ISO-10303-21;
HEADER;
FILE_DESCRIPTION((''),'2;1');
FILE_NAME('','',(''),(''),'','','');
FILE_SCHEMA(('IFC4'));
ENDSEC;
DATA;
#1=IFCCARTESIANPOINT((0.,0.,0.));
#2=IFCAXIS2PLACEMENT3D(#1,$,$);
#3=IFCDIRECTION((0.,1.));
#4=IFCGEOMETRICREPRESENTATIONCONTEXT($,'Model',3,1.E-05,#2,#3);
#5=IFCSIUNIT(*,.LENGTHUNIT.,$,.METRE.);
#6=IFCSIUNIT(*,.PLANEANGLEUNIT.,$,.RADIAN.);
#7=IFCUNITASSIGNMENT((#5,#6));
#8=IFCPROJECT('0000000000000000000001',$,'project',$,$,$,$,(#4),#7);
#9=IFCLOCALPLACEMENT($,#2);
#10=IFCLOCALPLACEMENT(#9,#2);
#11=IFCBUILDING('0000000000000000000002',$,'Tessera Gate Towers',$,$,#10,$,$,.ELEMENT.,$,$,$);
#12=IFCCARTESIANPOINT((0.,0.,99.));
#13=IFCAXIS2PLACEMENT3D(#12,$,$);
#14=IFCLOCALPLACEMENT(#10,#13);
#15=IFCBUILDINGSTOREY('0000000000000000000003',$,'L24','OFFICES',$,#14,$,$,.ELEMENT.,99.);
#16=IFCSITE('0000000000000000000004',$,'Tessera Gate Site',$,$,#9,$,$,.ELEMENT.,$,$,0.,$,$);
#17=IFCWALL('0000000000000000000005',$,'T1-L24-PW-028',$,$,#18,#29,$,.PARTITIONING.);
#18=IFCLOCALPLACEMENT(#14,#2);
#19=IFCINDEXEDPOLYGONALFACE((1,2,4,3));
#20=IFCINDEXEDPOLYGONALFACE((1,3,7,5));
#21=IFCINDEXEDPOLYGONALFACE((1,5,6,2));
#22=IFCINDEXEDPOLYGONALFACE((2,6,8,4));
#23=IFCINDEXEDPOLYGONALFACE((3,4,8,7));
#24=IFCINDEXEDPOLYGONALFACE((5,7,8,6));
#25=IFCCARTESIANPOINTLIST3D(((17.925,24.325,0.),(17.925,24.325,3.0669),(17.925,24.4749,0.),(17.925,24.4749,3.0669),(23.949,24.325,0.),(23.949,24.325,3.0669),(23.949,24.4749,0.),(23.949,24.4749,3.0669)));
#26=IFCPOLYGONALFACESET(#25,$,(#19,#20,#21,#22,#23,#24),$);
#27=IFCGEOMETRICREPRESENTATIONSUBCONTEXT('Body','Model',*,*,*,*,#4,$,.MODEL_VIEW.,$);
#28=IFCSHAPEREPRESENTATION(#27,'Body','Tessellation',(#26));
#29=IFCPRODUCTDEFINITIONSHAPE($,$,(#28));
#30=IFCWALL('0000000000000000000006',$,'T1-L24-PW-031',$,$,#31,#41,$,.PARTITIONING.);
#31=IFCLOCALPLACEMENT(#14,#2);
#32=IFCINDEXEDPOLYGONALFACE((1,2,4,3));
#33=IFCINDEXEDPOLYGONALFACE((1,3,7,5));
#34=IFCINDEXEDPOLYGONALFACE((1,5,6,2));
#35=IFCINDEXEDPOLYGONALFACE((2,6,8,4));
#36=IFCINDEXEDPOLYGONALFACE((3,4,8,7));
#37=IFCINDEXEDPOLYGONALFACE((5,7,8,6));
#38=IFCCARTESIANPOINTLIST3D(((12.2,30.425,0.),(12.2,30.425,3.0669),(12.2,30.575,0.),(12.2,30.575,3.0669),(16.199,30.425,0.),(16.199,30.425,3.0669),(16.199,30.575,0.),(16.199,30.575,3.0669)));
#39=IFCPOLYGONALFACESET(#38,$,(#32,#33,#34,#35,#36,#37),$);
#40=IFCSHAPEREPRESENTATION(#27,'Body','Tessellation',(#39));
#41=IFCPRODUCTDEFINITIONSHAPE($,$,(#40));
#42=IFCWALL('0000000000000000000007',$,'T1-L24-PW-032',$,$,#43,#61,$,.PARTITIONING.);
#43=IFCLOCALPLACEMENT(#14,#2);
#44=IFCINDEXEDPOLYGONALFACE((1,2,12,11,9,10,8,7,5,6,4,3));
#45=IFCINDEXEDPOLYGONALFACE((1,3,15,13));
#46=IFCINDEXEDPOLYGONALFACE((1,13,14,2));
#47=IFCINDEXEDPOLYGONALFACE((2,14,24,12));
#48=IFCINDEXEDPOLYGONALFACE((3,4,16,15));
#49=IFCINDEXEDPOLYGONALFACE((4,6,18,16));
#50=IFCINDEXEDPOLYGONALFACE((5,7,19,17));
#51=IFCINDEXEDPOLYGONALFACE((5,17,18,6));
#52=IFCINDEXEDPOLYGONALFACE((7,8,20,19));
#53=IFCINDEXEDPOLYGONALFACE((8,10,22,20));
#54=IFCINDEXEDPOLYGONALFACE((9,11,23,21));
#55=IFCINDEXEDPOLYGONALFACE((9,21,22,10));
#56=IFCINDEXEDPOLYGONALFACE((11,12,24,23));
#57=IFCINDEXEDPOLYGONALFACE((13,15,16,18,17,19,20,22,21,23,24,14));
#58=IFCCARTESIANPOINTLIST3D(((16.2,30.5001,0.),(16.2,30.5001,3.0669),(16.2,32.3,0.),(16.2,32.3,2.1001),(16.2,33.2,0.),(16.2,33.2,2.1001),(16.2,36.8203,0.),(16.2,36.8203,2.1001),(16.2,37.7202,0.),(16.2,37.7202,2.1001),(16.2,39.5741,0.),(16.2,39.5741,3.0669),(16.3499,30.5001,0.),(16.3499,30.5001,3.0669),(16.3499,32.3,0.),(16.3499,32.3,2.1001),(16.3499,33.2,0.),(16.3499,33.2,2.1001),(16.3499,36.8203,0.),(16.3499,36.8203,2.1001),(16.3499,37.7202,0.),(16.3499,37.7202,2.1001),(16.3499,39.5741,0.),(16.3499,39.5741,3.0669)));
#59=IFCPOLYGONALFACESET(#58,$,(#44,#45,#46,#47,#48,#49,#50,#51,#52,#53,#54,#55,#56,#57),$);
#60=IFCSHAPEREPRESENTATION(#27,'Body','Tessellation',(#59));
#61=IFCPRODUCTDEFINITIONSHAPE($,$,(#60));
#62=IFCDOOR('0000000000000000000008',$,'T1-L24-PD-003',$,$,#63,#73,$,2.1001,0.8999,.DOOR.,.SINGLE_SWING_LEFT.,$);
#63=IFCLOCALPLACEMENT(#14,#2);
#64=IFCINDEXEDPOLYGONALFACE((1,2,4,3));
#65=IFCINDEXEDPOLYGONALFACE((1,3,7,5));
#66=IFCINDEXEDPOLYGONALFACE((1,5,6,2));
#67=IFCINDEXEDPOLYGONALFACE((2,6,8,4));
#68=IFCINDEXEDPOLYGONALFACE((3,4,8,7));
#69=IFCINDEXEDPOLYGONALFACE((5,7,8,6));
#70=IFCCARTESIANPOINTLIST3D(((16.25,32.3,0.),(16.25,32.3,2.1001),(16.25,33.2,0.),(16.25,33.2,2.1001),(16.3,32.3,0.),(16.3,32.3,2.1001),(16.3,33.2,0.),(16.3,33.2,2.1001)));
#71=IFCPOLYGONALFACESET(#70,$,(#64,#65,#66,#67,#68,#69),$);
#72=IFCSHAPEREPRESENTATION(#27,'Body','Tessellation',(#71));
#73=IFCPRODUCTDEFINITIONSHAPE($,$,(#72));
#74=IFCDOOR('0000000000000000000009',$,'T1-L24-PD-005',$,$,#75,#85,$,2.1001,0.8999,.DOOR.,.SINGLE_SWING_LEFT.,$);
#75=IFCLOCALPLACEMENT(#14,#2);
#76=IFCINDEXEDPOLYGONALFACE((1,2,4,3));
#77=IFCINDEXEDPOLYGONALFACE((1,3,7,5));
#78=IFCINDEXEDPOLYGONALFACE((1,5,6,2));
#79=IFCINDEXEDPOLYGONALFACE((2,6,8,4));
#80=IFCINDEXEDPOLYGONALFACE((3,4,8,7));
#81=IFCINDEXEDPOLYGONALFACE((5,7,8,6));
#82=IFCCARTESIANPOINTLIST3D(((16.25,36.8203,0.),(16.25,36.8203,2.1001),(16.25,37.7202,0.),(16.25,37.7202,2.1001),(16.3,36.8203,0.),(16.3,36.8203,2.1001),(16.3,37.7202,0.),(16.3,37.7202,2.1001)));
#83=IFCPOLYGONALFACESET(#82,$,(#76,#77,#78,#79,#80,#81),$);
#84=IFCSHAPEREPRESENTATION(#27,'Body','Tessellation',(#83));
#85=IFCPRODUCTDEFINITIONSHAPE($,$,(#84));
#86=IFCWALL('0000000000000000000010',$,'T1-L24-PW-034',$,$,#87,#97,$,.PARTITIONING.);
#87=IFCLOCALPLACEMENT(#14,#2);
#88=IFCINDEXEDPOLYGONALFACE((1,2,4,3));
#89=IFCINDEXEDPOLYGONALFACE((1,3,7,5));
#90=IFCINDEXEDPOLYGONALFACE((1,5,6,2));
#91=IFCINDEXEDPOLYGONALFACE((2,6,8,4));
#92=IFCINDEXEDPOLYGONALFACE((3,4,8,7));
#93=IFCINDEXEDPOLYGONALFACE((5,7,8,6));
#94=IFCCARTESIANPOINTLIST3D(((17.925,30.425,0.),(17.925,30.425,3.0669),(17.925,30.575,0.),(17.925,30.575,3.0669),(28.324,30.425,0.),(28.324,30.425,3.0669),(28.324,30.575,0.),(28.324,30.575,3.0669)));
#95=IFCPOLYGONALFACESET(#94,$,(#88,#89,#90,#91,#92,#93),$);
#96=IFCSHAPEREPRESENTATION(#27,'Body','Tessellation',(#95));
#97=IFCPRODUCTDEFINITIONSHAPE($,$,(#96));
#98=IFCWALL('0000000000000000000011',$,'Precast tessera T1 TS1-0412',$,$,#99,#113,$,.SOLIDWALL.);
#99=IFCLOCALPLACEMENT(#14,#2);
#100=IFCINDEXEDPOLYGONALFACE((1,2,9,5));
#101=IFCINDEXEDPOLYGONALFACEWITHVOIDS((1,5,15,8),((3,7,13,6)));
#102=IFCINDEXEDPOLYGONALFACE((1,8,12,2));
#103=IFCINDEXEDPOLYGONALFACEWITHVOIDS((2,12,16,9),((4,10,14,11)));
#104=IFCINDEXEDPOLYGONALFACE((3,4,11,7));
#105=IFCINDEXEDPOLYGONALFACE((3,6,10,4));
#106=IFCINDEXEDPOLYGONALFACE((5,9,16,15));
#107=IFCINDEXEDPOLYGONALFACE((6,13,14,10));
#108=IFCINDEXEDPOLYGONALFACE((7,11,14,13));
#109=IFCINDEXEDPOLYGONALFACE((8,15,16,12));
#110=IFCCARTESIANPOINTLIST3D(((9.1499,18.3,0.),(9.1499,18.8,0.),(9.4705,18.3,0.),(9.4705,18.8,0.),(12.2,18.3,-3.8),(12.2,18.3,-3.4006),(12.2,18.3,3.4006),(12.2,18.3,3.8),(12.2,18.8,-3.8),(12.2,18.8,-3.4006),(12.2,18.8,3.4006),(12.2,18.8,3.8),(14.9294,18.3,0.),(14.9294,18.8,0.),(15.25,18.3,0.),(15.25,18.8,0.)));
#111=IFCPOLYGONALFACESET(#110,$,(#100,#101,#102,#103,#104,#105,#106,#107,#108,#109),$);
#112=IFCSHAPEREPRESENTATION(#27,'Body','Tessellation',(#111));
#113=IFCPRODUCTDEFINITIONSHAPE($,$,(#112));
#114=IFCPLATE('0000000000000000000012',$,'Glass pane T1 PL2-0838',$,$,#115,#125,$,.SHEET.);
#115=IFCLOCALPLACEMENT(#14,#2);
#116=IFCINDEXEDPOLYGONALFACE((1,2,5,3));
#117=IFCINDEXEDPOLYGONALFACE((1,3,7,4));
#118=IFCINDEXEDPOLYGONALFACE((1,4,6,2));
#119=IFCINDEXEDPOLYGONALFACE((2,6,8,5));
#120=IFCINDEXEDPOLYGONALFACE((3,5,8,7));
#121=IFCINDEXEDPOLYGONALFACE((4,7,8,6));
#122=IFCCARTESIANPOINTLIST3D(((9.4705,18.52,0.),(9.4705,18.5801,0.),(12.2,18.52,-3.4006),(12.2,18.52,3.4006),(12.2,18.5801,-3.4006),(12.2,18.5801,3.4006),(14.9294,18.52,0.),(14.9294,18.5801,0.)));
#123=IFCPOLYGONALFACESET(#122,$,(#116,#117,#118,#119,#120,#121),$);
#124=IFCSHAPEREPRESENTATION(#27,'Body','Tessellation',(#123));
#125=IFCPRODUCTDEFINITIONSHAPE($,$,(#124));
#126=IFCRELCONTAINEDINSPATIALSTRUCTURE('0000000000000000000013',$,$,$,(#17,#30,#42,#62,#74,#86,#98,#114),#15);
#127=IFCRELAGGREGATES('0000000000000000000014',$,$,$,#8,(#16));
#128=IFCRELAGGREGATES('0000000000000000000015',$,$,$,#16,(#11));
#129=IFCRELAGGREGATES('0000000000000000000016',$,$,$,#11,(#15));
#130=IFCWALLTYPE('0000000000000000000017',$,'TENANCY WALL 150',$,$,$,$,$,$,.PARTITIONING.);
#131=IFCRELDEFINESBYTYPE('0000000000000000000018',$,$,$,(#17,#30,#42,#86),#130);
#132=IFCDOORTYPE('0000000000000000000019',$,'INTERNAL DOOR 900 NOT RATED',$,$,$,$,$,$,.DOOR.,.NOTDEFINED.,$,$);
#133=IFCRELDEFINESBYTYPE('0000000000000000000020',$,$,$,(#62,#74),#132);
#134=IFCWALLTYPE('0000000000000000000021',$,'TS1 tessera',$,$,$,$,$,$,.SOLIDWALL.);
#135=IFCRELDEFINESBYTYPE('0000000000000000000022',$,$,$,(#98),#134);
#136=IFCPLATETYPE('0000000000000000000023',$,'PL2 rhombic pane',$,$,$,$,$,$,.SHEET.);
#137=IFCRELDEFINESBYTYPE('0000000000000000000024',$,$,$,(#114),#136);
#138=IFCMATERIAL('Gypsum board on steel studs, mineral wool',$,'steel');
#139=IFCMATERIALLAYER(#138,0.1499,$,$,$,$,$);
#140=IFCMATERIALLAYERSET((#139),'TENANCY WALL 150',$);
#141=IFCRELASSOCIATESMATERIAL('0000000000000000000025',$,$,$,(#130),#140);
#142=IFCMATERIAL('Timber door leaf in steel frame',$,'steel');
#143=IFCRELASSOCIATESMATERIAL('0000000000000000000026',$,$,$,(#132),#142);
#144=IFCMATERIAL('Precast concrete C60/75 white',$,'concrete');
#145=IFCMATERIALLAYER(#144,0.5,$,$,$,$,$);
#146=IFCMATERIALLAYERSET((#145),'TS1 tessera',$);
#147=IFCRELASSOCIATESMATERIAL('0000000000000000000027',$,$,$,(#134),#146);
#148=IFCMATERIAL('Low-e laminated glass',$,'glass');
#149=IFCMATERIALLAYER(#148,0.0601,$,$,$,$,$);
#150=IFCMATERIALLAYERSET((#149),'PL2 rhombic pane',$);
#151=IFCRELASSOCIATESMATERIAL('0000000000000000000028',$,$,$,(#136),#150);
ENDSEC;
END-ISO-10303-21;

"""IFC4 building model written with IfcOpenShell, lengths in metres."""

from ifc_helpers import new_model, si_unit, direction, frame, frame_2d, origin, place, context, subcontext, project, spatial, polyline, rectangle, outline, extrude, source, transform, mapped, material, layer, layer_set, type_object, element, fill, save


model = new_model("IFC4")

# Units and contexts
model_context = context("Model", 3, precision=1e-05, world=origin(), true_north=direction((0.0, 1.0)))
body_context = subcontext(model_context, "Body", "Model", "MODEL_VIEW")
ifc_project = project(units=[si_unit("LENGTHUNIT", "METRE"), si_unit("PLANEANGLEUNIT", "RADIAN")], contexts=[model_context])

# Site, building, storey
site_placement = place(None, origin())
site = spatial("IfcSite", under=ifc_project, at=site_placement, Name="Tessera Gate Site", CompositionType="ELEMENT", RefElevation=0.0)
building_placement = place(site_placement, origin())
building = spatial("IfcBuilding", under=site, at=building_placement, Name="Tessera Gate Towers", CompositionType="ELEMENT")
storey_placement = place(building_placement, frame((0.0, 0.0, 99.0)))
storey = spatial("IfcBuildingStorey", under=building, at=storey_placement, Name="L24", Description="OFFICES", CompositionType="ELEMENT", Elevation=99.0)

# Shared definitions
shared_shape_1 = source(origin(), body_context, "Body", "SweptSolid", [
    extrude(rectangle(XDim=0.8999, YDim=2.1001, at=frame_2d((0.45, 1.05))), frame((0.0, 0.0249, 0.0), z_axis=(0.0, -1.0, 0.0), x_axis=(1.0, 0.0, 0.0)), (0.0, 0.0, 1.0), 0.05),
])

# Walls
ifc_material_1 = material(Name="Gypsum board on steel studs, mineral wool", Category="steel")
ifc_layer_1 = layer(ifc_material_1, 0.1499)
ifc_layer_set_1 = layer_set([ifc_layer_1], Name="TENANCY WALL 150")
wall_type_1 = type_object("IfcWallType", Name="TENANCY WALL 150", PredefinedType="PARTITIONING", material=ifc_layer_set_1)
wall_1_placement = place(storey_placement, frame((17.925, 24.3999, 0.0), z_axis=(0.0, 0.0, 1.0), x_axis=(1.0, 0.0, 0.0)))
element("IfcWall", 1, at=wall_1_placement, inside=storey, type_object=wall_type_1, Name="T1-L24-PW-028", PredefinedType="PARTITIONING", context=body_context, shape_type="SweptSolid", body=[
    extrude(rectangle(XDim=6.0239, YDim=0.1499, at=frame_2d((3.012, 0.0))), origin(), (0.0, 0.0, 1.0), 3.0669),
])
wall_2_placement = place(storey_placement, frame((12.2, 30.5, 0.0), z_axis=(0.0, 0.0, 1.0), x_axis=(1.0, 0.0, 0.0)))
element("IfcWall", 2, at=wall_2_placement, inside=storey, type_object=wall_type_1, Name="T1-L24-PW-031", PredefinedType="PARTITIONING", context=body_context, shape_type="SweptSolid", body=[
    extrude(rectangle(XDim=3.999, YDim=0.1499, at=frame_2d((1.9995, 0.0))), origin(), (0.0, 0.0, 1.0), 3.0669),
])

# Wall, openings, doors
wall_3_placement = place(storey_placement, frame((16.2749, 30.5, 0.0), z_axis=(0.0, 0.0, 1.0), x_axis=(0.0, 1.0, 0.0)))
wall_3 = element("IfcWall", 3, at=wall_3_placement, inside=storey, type_object=wall_type_1, Name="T1-L24-PW-032", PredefinedType="PARTITIONING", context=body_context, shape_type="SweptSolid", body=[
    extrude(rectangle(XDim=9.074, YDim=0.1499, at=frame_2d((4.5371, 0.0))), origin(), (0.0, 0.0, 1.0), 3.0669),
])
shared_shape_2 = source(origin(), body_context, "Body", "SweptSolid", [
    extrude(rectangle(XDim=0.8999, YDim=2.1001, at=frame_2d((0.45, 1.05))), frame((0.0, 0.085, 0.0), z_axis=(0.0, -1.0, 0.0), x_axis=(1.0, 0.0, 0.0)), (0.0, 0.0, 1.0), 0.1699),
])
opening_1_placement = place(wall_3_placement, frame((1.8, 0.0, 0.0)))
opening_1 = element("IfcOpeningElement", 4, at=opening_1_placement, cuts=wall_3, PredefinedType="OPENING", context=body_context, shape_type="MappedRepresentation", body=[
    mapped(shared_shape_2, transform((0.0, 0.0, 0.0), scale=1.0)),
])
opening_2_placement = place(wall_3_placement, frame((6.3203, 0.0, 0.0)))
opening_2 = element("IfcOpeningElement", 5, at=opening_2_placement, cuts=wall_3, PredefinedType="OPENING", context=body_context, shape_type="MappedRepresentation", body=[
    mapped(shared_shape_2, transform((0.0, 0.0, 0.0), scale=1.0)),
])
ifc_material_2 = material(Name="Timber door leaf in steel frame", Category="steel")
door_type_1 = type_object("IfcDoorType", Name="INTERNAL DOOR 900 NOT RATED", OperationType="NOTDEFINED", PredefinedType="DOOR", material=ifc_material_2)
door_1_placement = place(opening_1_placement, origin())
door_1 = element("IfcDoor", 6, at=door_1_placement, inside=storey, type_object=door_type_1, Name="T1-L24-PD-003", OperationType="SINGLE_SWING_LEFT", OverallHeight=2.1001, OverallWidth=0.8999, PredefinedType="DOOR", context=body_context, shape_type="MappedRepresentation", body=[
    mapped(shared_shape_1, transform((0.0, 0.0, 0.0), scale=1.0)),
])
fill(opening_1, door_1)
door_2_placement = place(opening_2_placement, origin())
door_2 = element("IfcDoor", 7, at=door_2_placement, inside=storey, type_object=door_type_1, Name="T1-L24-PD-005", OperationType="SINGLE_SWING_LEFT", OverallHeight=2.1001, OverallWidth=0.8999, PredefinedType="DOOR", context=body_context, shape_type="MappedRepresentation", body=[
    mapped(shared_shape_1, transform((0.0, 0.0, 0.0), scale=1.0)),
])
fill(opening_2, door_2)

# Wall
wall_4_placement = place(storey_placement, frame((17.925, 30.5, 0.0), z_axis=(0.0, 0.0, 1.0), x_axis=(1.0, 0.0, 0.0)))
element("IfcWall", 8, at=wall_4_placement, inside=storey, type_object=wall_type_1, Name="T1-L24-PW-034", PredefinedType="PARTITIONING", context=body_context, shape_type="SweptSolid", body=[
    extrude(rectangle(XDim=10.3989, YDim=0.1499, at=frame_2d((5.1995, 0.0))), origin(), (0.0, 0.0, 1.0), 3.0669),
])

# Wall, opening, plate
ifc_material_3 = material(Name="Precast concrete C60/75 white", Category="concrete")
ifc_layer_2 = layer(ifc_material_3, 0.5)
ifc_layer_set_2 = layer_set([ifc_layer_2], Name="TS1 tessera")
wall_type_2 = type_object("IfcWallType", Name="TS1 tessera", PredefinedType="SOLIDWALL", material=ifc_layer_set_2)
shared_shape_3 = source(origin(), body_context, "Body", "SweptSolid", [
    extrude(outline(polyline([(3.05, 0.0), (6.1001, 3.8), (3.05, 7.6001), (0.0, 3.8), (3.05, 0.0)])), frame((0.0, 0.25, 0.0), z_axis=(0.0, -1.0, 0.0), x_axis=(1.0, 0.0, 0.0)), (0.0, 0.0, 1.0), 0.5),
])
wall_5_placement = place(storey_placement, frame((9.1499, 18.55, -3.8), z_axis=(0.0, 0.0, 1.0), x_axis=(1.0, 0.0, 0.0)))
wall_5 = element("IfcWall", 9, at=wall_5_placement, inside=storey, type_object=wall_type_2, Name="Precast tessera T1 TS1-0412", PredefinedType="SOLIDWALL", context=body_context, shape_type="MappedRepresentation", body=[
    mapped(shared_shape_3, transform((0.0, 0.0, 0.0), scale=1.0)),
])
shared_shape_4 = source(origin(), body_context, "Body", "SweptSolid", [
    extrude(outline(polyline([(3.05, 0.3994), (5.7795, 3.8), (3.05, 7.2007), (0.3206, 3.8), (3.05, 0.3994)])), frame((0.0, 0.26, 0.0), z_axis=(0.0, -1.0, 0.0), x_axis=(1.0, 0.0, 0.0)), (0.0, 0.0, 1.0), 0.52),
])
opening_3_placement = place(wall_5_placement, origin())
opening_3 = element("IfcOpeningElement", 10, at=opening_3_placement, cuts=wall_5, PredefinedType="OPENING", context=body_context, shape_type="MappedRepresentation", body=[
    mapped(shared_shape_4, transform((0.0, 0.0, 0.0), scale=1.0)),
])
ifc_material_4 = material(Name="Low-e laminated glass", Category="glass")
ifc_layer_3 = layer(ifc_material_4, 0.0601)
ifc_layer_set_3 = layer_set([ifc_layer_3], Name="PL2 rhombic pane")
plate_type = type_object("IfcPlateType", Name="PL2 rhombic pane", PredefinedType="SHEET", material=ifc_layer_set_3)
shared_shape_5 = source(origin(), body_context, "Body", "SweptSolid", [
    extrude(outline(polyline([(3.05, 0.3994), (5.7795, 3.8), (3.05, 7.2007), (0.3206, 3.8), (3.05, 0.3994)])), frame((0.0, 0.03, 0.0), z_axis=(0.0, -1.0, 0.0), x_axis=(1.0, 0.0, 0.0)), (0.0, 0.0, 1.0), 0.0601),
])
plate_placement = place(opening_3_placement, origin())
plate = element("IfcPlate", 11, at=plate_placement, inside=storey, type_object=plate_type, Name="Glass pane T1 PL2-0838", PredefinedType="SHEET", context=body_context, shape_type="MappedRepresentation", body=[
    mapped(shared_shape_5, transform((0.0, 0.0, 0.0), scale=1.0)),
])
fill(opening_3, plate)

save(model, "model.ifc")
